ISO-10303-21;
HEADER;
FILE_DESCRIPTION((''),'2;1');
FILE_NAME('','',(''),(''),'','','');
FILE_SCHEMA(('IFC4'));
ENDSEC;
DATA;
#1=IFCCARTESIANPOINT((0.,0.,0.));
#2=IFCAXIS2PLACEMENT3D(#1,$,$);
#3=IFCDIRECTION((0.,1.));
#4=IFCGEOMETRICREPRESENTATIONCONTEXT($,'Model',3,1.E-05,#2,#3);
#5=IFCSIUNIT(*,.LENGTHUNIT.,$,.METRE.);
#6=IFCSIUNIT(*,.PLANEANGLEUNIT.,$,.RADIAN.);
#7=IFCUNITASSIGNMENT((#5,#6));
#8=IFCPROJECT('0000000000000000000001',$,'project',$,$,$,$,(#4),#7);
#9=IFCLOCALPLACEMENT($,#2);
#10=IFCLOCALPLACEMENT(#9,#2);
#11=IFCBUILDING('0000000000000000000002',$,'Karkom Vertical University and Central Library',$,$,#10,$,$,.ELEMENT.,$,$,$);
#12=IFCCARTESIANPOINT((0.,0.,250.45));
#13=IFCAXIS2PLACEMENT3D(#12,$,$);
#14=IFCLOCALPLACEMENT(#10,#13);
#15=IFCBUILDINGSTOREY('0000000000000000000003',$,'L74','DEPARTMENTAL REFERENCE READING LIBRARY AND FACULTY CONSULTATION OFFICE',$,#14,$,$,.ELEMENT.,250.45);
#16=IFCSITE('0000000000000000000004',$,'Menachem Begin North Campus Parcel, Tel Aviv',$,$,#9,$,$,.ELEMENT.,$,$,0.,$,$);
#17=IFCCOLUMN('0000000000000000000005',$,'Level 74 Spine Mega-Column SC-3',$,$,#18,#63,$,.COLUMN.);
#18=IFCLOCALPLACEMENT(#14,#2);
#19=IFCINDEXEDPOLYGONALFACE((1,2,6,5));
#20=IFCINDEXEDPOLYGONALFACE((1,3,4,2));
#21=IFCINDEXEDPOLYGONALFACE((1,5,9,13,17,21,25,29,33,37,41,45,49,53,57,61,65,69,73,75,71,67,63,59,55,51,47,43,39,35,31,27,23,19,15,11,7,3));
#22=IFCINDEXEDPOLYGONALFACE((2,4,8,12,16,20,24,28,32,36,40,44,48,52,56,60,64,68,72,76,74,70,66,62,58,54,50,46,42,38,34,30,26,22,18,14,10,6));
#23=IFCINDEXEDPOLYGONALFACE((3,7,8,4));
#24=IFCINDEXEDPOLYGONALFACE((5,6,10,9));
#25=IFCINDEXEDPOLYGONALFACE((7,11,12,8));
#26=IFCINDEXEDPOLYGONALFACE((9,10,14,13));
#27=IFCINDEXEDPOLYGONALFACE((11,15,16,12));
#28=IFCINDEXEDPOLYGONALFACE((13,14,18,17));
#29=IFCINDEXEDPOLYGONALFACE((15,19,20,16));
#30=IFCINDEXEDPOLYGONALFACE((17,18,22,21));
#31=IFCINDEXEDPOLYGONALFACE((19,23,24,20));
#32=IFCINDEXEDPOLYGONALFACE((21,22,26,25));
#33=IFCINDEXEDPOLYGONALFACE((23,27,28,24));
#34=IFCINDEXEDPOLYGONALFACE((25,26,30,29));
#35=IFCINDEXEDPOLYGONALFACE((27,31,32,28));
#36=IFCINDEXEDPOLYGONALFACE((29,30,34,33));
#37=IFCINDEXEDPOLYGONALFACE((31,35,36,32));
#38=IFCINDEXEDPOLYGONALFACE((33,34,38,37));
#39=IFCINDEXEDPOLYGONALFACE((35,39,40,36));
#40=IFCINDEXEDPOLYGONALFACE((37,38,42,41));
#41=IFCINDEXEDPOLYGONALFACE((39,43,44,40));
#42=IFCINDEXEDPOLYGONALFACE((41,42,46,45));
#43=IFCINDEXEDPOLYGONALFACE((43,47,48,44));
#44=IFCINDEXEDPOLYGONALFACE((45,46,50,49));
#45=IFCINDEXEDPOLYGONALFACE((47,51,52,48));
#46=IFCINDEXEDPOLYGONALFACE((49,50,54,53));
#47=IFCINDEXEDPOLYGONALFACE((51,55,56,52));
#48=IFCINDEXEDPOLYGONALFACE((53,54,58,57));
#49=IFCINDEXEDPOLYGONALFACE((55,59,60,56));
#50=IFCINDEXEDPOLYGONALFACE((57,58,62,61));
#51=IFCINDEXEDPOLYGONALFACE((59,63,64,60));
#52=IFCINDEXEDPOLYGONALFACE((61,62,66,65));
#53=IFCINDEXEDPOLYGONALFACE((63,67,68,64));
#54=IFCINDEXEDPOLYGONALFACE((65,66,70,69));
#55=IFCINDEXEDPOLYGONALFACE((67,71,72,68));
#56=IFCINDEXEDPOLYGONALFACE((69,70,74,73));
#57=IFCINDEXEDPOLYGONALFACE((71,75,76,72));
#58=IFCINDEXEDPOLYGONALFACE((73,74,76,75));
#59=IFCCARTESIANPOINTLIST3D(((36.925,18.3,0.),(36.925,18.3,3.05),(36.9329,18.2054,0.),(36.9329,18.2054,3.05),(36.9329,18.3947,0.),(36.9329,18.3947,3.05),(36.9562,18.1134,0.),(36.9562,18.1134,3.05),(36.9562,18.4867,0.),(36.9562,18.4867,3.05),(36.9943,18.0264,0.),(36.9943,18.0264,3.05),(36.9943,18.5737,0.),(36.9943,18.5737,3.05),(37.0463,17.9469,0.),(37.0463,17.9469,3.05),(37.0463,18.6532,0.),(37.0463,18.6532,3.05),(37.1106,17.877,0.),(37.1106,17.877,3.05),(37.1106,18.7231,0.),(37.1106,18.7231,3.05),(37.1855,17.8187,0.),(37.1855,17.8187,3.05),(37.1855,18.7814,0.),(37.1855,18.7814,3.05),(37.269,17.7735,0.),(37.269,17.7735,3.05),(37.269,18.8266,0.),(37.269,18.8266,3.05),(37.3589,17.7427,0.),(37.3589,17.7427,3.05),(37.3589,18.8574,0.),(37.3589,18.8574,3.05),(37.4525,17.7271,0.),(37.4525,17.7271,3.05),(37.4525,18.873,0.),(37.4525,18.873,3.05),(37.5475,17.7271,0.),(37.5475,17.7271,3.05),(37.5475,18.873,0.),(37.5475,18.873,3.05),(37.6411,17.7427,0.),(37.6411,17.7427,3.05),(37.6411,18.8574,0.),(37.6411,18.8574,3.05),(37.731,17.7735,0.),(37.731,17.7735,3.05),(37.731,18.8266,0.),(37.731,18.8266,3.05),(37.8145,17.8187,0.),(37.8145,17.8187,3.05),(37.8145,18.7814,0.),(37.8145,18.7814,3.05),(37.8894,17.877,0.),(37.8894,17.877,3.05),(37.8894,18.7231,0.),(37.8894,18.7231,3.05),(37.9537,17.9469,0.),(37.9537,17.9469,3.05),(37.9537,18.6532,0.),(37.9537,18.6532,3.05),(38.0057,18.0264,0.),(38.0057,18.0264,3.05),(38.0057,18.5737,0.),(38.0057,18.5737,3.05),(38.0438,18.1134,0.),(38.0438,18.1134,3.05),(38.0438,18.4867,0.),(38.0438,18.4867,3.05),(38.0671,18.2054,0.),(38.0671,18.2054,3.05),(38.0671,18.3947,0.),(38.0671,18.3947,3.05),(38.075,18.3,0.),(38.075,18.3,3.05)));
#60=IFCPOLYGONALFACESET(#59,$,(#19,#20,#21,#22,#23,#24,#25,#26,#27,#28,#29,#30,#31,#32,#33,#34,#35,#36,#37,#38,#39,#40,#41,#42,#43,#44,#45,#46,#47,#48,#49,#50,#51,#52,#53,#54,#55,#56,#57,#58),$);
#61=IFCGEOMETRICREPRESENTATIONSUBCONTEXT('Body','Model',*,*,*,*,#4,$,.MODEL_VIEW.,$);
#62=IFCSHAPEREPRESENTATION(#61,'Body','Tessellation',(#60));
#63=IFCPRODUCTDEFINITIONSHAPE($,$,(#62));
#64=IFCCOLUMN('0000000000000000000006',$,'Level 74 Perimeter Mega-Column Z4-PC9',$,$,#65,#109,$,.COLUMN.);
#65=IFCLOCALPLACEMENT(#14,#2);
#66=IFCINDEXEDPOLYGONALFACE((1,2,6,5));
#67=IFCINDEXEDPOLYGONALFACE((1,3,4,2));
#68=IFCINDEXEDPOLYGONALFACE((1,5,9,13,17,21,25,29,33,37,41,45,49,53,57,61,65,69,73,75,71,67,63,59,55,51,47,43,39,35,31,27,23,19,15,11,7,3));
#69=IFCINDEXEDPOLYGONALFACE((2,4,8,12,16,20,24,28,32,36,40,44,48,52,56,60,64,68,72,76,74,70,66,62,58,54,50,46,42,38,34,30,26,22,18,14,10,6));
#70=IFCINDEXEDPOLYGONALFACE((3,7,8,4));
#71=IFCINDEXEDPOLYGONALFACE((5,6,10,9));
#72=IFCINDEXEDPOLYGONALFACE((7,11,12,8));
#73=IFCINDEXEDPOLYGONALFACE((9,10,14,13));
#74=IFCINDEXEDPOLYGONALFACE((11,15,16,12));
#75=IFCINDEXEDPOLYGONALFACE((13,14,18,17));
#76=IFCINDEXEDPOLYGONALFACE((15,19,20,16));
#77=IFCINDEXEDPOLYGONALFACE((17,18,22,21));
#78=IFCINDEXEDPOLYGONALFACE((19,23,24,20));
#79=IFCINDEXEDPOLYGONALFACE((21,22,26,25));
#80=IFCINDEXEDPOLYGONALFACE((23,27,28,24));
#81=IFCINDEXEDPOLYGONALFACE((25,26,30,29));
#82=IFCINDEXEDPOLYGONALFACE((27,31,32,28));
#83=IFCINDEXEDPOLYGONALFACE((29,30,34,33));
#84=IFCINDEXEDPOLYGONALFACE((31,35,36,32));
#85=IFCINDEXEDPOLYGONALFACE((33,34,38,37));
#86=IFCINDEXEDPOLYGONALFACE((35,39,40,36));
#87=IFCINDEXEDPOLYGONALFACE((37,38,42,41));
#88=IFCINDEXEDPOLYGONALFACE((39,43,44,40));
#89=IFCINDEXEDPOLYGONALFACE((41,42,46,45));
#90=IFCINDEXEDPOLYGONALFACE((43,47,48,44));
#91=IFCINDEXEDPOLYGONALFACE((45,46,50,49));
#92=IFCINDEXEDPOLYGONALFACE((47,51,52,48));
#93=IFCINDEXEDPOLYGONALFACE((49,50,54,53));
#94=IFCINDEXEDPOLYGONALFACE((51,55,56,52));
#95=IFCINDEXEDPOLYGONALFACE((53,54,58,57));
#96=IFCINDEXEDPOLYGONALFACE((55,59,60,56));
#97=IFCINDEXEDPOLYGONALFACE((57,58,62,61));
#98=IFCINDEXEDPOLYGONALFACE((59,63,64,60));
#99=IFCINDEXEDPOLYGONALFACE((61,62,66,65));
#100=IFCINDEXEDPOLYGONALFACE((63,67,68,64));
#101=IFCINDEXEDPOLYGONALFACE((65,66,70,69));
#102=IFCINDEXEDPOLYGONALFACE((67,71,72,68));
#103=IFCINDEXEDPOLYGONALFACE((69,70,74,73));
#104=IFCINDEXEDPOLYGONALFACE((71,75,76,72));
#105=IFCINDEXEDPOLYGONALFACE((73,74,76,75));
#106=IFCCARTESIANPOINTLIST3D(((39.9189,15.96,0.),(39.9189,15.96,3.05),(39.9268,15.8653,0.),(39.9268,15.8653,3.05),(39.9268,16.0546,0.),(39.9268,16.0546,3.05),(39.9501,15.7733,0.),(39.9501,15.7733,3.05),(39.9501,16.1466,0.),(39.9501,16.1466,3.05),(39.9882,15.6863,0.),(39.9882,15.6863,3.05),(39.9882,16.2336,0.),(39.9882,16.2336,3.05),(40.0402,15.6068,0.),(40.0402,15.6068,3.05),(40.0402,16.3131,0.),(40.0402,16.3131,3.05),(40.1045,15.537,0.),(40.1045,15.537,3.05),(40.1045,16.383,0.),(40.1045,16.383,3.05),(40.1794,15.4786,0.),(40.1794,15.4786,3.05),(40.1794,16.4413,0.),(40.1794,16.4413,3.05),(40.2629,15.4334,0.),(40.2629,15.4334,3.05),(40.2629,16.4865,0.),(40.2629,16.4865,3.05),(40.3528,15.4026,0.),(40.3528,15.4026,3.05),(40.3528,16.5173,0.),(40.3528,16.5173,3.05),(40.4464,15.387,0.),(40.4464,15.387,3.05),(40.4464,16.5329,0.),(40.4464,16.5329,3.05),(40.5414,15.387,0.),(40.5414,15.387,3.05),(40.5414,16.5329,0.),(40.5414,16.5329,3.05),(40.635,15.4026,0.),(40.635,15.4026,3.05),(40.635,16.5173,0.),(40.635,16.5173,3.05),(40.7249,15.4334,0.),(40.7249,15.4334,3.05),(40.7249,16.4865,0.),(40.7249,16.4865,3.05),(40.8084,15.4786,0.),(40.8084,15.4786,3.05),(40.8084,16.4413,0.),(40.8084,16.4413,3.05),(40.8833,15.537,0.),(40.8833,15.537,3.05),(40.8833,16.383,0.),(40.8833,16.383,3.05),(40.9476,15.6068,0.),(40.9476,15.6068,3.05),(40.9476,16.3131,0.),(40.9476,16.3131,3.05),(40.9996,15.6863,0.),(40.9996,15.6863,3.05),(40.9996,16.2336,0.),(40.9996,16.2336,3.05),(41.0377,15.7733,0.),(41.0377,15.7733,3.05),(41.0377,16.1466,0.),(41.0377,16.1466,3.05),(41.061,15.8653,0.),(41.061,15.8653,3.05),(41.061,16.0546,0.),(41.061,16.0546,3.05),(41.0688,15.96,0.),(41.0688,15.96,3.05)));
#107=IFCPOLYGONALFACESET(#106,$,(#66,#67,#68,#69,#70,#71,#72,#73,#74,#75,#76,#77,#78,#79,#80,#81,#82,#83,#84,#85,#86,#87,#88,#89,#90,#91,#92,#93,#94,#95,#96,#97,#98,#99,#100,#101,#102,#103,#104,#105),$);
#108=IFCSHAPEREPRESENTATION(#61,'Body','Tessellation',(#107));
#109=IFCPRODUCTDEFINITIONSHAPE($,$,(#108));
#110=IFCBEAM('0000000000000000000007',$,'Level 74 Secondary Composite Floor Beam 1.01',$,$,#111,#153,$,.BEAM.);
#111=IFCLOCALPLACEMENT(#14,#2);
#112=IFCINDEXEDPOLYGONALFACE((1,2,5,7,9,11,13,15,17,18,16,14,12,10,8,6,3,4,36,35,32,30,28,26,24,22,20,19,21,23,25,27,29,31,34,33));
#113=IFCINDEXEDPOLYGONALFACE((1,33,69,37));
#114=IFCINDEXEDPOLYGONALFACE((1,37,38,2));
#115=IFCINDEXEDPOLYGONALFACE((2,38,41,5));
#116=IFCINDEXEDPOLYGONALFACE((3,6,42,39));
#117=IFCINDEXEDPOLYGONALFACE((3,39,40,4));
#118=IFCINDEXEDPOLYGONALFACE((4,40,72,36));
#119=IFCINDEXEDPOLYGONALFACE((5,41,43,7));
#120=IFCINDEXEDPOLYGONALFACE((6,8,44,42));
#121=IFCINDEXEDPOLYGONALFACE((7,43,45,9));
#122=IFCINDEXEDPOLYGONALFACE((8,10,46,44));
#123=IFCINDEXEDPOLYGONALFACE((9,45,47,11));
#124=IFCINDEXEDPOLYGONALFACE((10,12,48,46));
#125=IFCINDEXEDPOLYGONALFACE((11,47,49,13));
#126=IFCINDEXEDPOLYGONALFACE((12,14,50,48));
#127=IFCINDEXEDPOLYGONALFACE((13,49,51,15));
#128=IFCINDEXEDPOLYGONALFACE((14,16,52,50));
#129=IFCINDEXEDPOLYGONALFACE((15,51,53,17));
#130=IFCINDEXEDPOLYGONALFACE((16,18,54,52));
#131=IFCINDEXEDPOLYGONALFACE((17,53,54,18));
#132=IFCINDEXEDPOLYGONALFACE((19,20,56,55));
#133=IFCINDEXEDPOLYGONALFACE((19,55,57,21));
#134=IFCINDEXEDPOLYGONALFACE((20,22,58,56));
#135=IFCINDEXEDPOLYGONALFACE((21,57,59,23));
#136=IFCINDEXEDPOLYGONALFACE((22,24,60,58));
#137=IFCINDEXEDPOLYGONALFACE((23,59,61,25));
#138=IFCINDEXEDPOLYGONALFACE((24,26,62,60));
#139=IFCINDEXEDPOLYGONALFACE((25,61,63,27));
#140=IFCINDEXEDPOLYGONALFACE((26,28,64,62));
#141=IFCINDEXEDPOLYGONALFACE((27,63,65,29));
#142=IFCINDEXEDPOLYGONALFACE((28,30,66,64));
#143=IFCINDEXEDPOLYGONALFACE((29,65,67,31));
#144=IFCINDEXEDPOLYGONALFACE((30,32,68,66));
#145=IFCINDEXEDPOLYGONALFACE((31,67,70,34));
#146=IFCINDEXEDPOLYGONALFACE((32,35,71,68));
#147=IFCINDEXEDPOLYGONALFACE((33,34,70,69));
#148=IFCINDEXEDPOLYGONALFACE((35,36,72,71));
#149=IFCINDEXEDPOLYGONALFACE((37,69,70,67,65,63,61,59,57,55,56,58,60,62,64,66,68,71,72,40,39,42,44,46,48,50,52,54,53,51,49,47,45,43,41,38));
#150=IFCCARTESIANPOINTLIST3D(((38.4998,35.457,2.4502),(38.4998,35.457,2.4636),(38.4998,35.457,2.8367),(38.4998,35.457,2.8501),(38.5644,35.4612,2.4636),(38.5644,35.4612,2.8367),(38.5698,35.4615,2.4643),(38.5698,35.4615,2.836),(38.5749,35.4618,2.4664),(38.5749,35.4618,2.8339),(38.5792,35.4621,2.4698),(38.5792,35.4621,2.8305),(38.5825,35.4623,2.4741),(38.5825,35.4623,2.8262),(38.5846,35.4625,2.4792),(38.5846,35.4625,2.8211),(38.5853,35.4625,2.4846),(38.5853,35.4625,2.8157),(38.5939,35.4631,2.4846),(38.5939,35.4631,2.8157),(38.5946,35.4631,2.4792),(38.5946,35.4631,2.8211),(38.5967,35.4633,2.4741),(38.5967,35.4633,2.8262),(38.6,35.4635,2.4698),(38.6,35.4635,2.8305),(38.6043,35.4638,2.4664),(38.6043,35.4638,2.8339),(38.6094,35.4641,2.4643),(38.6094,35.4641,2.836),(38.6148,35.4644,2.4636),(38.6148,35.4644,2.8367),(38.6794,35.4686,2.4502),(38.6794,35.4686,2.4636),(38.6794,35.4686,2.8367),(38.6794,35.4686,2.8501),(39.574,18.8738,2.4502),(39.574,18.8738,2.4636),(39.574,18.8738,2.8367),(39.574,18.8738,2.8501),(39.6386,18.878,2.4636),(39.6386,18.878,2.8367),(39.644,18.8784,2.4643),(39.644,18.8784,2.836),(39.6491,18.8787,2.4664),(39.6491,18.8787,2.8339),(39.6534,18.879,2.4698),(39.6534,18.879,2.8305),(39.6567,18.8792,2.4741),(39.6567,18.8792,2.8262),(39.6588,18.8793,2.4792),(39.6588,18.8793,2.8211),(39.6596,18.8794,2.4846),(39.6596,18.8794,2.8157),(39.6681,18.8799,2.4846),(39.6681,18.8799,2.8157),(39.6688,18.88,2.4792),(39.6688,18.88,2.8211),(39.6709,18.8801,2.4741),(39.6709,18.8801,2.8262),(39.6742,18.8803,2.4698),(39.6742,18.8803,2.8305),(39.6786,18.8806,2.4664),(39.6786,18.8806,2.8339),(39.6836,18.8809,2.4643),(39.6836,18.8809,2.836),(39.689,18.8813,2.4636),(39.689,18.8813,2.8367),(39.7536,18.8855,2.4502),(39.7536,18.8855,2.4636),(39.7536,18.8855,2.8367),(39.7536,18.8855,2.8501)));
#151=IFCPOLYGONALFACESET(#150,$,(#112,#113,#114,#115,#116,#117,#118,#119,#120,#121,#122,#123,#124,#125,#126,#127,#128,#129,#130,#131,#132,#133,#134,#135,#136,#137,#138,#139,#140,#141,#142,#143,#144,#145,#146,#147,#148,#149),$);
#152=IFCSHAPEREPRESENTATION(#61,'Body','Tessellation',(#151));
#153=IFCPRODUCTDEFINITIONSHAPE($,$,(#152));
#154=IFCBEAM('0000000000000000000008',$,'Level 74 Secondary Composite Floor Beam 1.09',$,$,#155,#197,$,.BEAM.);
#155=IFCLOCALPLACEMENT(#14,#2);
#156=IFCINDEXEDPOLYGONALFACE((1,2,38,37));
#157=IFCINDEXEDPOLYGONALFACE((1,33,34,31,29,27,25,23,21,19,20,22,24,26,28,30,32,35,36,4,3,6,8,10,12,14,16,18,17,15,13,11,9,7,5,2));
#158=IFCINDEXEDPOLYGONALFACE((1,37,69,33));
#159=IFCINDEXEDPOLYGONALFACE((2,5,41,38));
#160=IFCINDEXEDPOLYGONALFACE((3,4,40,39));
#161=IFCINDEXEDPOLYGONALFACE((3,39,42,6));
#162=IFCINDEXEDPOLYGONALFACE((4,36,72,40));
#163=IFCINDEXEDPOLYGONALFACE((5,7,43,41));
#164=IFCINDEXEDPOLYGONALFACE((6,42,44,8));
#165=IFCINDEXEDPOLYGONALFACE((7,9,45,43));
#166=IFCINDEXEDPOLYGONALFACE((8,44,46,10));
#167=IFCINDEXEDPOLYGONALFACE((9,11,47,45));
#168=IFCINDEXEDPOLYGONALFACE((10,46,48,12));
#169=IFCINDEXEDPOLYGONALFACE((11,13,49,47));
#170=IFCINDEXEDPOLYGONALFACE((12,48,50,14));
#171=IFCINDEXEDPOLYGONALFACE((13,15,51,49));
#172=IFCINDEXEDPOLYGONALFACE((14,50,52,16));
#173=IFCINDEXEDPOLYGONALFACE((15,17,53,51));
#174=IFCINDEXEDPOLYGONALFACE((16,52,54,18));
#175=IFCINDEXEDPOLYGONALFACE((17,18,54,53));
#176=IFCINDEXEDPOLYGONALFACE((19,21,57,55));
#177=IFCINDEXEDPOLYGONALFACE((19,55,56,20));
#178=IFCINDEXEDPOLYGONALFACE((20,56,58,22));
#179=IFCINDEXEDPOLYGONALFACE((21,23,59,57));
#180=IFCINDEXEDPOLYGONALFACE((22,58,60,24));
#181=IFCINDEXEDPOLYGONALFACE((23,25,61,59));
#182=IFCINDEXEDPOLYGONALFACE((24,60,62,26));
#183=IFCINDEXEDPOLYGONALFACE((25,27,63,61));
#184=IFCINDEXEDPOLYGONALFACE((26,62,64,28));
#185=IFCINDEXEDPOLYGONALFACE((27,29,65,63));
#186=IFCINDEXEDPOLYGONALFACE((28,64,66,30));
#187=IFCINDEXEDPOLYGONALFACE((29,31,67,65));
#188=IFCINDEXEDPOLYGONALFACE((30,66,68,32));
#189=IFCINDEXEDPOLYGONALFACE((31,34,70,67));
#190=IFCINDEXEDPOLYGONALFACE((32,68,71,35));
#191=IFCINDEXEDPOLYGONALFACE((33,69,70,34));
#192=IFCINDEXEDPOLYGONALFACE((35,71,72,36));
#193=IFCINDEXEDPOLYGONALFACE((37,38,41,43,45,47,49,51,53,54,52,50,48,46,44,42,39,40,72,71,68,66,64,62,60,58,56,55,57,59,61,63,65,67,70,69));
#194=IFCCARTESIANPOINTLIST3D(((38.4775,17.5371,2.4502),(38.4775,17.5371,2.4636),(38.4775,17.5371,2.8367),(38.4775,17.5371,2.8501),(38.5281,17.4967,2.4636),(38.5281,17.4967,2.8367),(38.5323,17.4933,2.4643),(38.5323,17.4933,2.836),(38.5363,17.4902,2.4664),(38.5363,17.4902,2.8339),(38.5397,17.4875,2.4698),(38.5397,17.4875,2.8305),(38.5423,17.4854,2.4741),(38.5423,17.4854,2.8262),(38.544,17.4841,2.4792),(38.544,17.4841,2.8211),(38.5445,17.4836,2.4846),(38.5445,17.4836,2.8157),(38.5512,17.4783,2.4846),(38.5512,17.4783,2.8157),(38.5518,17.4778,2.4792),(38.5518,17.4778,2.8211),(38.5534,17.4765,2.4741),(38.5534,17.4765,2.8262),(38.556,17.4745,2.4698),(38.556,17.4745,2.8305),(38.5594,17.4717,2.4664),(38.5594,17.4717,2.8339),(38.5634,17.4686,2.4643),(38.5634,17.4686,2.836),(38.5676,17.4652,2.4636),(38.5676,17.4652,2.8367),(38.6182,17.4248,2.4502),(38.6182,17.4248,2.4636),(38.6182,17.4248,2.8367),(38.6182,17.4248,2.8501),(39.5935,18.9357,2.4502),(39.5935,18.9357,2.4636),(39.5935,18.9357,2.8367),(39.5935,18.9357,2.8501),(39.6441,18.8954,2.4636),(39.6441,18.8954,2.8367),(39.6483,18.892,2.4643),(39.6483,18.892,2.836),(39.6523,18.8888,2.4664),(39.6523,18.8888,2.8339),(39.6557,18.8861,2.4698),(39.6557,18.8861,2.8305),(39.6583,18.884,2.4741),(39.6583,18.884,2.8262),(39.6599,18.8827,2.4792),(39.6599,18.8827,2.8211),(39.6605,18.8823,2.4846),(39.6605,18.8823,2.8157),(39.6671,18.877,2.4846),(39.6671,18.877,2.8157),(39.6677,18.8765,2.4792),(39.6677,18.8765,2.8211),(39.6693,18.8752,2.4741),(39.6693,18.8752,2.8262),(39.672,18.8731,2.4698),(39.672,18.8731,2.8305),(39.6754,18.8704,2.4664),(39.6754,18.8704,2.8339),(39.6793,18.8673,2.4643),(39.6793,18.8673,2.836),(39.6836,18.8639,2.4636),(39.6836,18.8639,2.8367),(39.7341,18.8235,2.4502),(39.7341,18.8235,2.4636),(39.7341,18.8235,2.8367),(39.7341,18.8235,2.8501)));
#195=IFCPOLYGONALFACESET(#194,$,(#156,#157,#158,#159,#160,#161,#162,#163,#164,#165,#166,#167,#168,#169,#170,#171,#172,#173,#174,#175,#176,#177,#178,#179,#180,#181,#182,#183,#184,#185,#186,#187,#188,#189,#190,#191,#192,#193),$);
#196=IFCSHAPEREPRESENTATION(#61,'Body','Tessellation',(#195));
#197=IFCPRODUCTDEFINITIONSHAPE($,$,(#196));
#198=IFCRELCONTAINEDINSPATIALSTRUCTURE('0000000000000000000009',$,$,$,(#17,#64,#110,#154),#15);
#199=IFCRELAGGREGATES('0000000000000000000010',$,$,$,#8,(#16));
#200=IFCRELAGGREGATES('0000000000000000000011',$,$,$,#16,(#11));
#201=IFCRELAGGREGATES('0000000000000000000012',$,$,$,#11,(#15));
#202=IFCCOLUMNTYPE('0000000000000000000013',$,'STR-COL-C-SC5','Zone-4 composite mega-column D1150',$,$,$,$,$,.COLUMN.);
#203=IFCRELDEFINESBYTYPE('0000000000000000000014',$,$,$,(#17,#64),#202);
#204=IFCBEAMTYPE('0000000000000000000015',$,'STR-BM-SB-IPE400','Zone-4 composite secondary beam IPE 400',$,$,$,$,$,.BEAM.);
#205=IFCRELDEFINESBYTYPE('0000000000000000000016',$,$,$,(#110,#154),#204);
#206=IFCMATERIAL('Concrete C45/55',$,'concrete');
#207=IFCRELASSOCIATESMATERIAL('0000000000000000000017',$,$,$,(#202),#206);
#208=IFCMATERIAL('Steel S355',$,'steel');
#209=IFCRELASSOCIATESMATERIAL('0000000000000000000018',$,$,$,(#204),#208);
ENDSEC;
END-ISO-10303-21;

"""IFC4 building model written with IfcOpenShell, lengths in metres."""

from ifc_helpers import new_model, si_unit, direction, frame, origin, origin_with_axes, origin_2d, place, context, subcontext, project, spatial, circle, i_section, extrude, source, transform, mapped, material, material_profile, profile_set, type_object, element, save


model = new_model("IFC4")

# Units and contexts
model_context = context("Model", 3, precision=1e-05, world=origin(), true_north=direction((0.0, 1.0)))
body_context = subcontext(model_context, "Body", "Model", "MODEL_VIEW")
ifc_project = project(units=[si_unit("LENGTHUNIT", "METRE"), si_unit("PLANEANGLEUNIT", "RADIAN")], contexts=[model_context])

# Site, building, storey
site_placement = place(None, origin())
site = spatial("IfcSite", under=ifc_project, at=site_placement, Name="Menachem Begin North Campus Parcel, Tel Aviv", CompositionType="ELEMENT", RefElevation=0.0)
building_placement = place(site_placement, origin())
building = spatial("IfcBuilding", under=site, at=building_placement, Name="Karkom Vertical University and Central Library", CompositionType="ELEMENT")
storey_placement = place(building_placement, frame((0.0, 0.0, 250.45)))
storey = spatial("IfcBuildingStorey", under=building, at=storey_placement, Name="L74", Description="DEPARTMENTAL REFERENCE READING LIBRARY AND FACULTY CONSULTATION OFFICE", CompositionType="ELEMENT", Elevation=250.45)

# Columns
ifc_material_1 = material(Name="Concrete C45/55", Category="concrete")
ifc_material_profile_1 = material_profile(ifc_material_1, circle(Radius=0.575, at=origin_2d()), Name="CFT-D1150")
ifc_profile_set_1 = profile_set([ifc_material_profile_1], Name="Concrete C45/55")
column_type = type_object("IfcColumnType", Name="STR-COL-C-SC5", Description="Zone-4 composite mega-column D1150", PredefinedType="COLUMN", material=ifc_profile_set_1)
shared_shape_1 = source(origin_with_axes(), body_context, "Body", "SweptSolid", [
    extrude(circle(Radius=0.575, at=origin_2d()), origin(), (0.0, 0.0, 1.0), 3.05),
])
for number, where, z_axis, x_axis, name in (
    (1, (37.5, 18.3, 0.0), (0.0, 0.0, 1.0), (1.0, 0.0, 0.0), "Level 74 Spine Mega-Column SC-3"),
    (2, (40.4939, 15.96, 0.0), (0.0, 0.0, 1.0), (1.0, 0.0, 0.0), "Level 74 Perimeter Mega-Column Z4-PC9"),
):
    element("IfcColumn", number, at=place(storey_placement, frame(where, z_axis=z_axis, x_axis=x_axis)), inside=storey, type_object=column_type, Name=name, PredefinedType="COLUMN", context=body_context, shape_type="MappedRepresentation", body=[
        mapped(shared_shape_1, transform((0.0, 0.0, 0.0), scale=1.0)),
    ])

# Beams
ifc_material_2 = material(Name="Steel S355", Category="steel")
ifc_material_profile_2 = material_profile(ifc_material_2, i_section(OverallWidth=0.1799, OverallDepth=0.3999, WebThickness=0.0085, FlangeThickness=0.0134, FilletRadius=0.021, at=origin_2d()), Name="IPE 400")
ifc_profile_set_2 = profile_set([ifc_material_profile_2], Name="Steel S355")
beam_type_1 = type_object("IfcBeamType", Name="STR-BM-SB-IPE400", Description="Zone-4 composite secondary beam IPE 400", PredefinedType="BEAM", material=ifc_profile_set_2)
shared_shape_2 = source(origin_with_axes(), body_context, "Body", "SweptSolid", [
    extrude(i_section(OverallWidth=0.1799, OverallDepth=0.3999, WebThickness=0.0085, FlangeThickness=0.0134, FilletRadius=0.021, at=origin_2d()), origin(), (0.0, 0.0, 1.0), 16.6179),
])
beam_1_placement = place(storey_placement, frame((39.6638, 18.8796, 2.6501), z_axis=(-0.064642, 0.997909, 0.0), x_axis=(-0.997909, -0.064642, 0.0)))
element("IfcBeam", 3, at=beam_1_placement, inside=storey, type_object=beam_type_1, Name="Level 74 Secondary Composite Floor Beam 1.01", PredefinedType="BEAM", context=body_context, shape_type="MappedRepresentation", body=[
    mapped(shared_shape_2, transform((0.0, 0.0, 0.0), scale=1.0)),
])
shared_shape_3 = source(origin_with_axes(), body_context, "Body", "SweptSolid", [
    extrude(i_section(OverallWidth=0.1799, OverallDepth=0.3999, WebThickness=0.0085, FlangeThickness=0.0134, FilletRadius=0.021, at=origin_2d()), origin(), (0.0, 0.0, 1.0), 1.7893),
])
beam_2_placement = place(storey_placement, frame((38.5479, 17.481, 2.6501), z_axis=(0.62368, 0.78168, 0.0), x_axis=(-0.78168, 0.62368, 0.0)))
element("IfcBeam", 4, at=beam_2_placement, inside=storey, type_object=beam_type_1, Name="Level 74 Secondary Composite Floor Beam 1.09", PredefinedType="BEAM", context=body_context, shape_type="MappedRepresentation", body=[
    mapped(shared_shape_3, transform((0.0, 0.0, 0.0), scale=1.0)),
])

save(model, "model.ifc")
